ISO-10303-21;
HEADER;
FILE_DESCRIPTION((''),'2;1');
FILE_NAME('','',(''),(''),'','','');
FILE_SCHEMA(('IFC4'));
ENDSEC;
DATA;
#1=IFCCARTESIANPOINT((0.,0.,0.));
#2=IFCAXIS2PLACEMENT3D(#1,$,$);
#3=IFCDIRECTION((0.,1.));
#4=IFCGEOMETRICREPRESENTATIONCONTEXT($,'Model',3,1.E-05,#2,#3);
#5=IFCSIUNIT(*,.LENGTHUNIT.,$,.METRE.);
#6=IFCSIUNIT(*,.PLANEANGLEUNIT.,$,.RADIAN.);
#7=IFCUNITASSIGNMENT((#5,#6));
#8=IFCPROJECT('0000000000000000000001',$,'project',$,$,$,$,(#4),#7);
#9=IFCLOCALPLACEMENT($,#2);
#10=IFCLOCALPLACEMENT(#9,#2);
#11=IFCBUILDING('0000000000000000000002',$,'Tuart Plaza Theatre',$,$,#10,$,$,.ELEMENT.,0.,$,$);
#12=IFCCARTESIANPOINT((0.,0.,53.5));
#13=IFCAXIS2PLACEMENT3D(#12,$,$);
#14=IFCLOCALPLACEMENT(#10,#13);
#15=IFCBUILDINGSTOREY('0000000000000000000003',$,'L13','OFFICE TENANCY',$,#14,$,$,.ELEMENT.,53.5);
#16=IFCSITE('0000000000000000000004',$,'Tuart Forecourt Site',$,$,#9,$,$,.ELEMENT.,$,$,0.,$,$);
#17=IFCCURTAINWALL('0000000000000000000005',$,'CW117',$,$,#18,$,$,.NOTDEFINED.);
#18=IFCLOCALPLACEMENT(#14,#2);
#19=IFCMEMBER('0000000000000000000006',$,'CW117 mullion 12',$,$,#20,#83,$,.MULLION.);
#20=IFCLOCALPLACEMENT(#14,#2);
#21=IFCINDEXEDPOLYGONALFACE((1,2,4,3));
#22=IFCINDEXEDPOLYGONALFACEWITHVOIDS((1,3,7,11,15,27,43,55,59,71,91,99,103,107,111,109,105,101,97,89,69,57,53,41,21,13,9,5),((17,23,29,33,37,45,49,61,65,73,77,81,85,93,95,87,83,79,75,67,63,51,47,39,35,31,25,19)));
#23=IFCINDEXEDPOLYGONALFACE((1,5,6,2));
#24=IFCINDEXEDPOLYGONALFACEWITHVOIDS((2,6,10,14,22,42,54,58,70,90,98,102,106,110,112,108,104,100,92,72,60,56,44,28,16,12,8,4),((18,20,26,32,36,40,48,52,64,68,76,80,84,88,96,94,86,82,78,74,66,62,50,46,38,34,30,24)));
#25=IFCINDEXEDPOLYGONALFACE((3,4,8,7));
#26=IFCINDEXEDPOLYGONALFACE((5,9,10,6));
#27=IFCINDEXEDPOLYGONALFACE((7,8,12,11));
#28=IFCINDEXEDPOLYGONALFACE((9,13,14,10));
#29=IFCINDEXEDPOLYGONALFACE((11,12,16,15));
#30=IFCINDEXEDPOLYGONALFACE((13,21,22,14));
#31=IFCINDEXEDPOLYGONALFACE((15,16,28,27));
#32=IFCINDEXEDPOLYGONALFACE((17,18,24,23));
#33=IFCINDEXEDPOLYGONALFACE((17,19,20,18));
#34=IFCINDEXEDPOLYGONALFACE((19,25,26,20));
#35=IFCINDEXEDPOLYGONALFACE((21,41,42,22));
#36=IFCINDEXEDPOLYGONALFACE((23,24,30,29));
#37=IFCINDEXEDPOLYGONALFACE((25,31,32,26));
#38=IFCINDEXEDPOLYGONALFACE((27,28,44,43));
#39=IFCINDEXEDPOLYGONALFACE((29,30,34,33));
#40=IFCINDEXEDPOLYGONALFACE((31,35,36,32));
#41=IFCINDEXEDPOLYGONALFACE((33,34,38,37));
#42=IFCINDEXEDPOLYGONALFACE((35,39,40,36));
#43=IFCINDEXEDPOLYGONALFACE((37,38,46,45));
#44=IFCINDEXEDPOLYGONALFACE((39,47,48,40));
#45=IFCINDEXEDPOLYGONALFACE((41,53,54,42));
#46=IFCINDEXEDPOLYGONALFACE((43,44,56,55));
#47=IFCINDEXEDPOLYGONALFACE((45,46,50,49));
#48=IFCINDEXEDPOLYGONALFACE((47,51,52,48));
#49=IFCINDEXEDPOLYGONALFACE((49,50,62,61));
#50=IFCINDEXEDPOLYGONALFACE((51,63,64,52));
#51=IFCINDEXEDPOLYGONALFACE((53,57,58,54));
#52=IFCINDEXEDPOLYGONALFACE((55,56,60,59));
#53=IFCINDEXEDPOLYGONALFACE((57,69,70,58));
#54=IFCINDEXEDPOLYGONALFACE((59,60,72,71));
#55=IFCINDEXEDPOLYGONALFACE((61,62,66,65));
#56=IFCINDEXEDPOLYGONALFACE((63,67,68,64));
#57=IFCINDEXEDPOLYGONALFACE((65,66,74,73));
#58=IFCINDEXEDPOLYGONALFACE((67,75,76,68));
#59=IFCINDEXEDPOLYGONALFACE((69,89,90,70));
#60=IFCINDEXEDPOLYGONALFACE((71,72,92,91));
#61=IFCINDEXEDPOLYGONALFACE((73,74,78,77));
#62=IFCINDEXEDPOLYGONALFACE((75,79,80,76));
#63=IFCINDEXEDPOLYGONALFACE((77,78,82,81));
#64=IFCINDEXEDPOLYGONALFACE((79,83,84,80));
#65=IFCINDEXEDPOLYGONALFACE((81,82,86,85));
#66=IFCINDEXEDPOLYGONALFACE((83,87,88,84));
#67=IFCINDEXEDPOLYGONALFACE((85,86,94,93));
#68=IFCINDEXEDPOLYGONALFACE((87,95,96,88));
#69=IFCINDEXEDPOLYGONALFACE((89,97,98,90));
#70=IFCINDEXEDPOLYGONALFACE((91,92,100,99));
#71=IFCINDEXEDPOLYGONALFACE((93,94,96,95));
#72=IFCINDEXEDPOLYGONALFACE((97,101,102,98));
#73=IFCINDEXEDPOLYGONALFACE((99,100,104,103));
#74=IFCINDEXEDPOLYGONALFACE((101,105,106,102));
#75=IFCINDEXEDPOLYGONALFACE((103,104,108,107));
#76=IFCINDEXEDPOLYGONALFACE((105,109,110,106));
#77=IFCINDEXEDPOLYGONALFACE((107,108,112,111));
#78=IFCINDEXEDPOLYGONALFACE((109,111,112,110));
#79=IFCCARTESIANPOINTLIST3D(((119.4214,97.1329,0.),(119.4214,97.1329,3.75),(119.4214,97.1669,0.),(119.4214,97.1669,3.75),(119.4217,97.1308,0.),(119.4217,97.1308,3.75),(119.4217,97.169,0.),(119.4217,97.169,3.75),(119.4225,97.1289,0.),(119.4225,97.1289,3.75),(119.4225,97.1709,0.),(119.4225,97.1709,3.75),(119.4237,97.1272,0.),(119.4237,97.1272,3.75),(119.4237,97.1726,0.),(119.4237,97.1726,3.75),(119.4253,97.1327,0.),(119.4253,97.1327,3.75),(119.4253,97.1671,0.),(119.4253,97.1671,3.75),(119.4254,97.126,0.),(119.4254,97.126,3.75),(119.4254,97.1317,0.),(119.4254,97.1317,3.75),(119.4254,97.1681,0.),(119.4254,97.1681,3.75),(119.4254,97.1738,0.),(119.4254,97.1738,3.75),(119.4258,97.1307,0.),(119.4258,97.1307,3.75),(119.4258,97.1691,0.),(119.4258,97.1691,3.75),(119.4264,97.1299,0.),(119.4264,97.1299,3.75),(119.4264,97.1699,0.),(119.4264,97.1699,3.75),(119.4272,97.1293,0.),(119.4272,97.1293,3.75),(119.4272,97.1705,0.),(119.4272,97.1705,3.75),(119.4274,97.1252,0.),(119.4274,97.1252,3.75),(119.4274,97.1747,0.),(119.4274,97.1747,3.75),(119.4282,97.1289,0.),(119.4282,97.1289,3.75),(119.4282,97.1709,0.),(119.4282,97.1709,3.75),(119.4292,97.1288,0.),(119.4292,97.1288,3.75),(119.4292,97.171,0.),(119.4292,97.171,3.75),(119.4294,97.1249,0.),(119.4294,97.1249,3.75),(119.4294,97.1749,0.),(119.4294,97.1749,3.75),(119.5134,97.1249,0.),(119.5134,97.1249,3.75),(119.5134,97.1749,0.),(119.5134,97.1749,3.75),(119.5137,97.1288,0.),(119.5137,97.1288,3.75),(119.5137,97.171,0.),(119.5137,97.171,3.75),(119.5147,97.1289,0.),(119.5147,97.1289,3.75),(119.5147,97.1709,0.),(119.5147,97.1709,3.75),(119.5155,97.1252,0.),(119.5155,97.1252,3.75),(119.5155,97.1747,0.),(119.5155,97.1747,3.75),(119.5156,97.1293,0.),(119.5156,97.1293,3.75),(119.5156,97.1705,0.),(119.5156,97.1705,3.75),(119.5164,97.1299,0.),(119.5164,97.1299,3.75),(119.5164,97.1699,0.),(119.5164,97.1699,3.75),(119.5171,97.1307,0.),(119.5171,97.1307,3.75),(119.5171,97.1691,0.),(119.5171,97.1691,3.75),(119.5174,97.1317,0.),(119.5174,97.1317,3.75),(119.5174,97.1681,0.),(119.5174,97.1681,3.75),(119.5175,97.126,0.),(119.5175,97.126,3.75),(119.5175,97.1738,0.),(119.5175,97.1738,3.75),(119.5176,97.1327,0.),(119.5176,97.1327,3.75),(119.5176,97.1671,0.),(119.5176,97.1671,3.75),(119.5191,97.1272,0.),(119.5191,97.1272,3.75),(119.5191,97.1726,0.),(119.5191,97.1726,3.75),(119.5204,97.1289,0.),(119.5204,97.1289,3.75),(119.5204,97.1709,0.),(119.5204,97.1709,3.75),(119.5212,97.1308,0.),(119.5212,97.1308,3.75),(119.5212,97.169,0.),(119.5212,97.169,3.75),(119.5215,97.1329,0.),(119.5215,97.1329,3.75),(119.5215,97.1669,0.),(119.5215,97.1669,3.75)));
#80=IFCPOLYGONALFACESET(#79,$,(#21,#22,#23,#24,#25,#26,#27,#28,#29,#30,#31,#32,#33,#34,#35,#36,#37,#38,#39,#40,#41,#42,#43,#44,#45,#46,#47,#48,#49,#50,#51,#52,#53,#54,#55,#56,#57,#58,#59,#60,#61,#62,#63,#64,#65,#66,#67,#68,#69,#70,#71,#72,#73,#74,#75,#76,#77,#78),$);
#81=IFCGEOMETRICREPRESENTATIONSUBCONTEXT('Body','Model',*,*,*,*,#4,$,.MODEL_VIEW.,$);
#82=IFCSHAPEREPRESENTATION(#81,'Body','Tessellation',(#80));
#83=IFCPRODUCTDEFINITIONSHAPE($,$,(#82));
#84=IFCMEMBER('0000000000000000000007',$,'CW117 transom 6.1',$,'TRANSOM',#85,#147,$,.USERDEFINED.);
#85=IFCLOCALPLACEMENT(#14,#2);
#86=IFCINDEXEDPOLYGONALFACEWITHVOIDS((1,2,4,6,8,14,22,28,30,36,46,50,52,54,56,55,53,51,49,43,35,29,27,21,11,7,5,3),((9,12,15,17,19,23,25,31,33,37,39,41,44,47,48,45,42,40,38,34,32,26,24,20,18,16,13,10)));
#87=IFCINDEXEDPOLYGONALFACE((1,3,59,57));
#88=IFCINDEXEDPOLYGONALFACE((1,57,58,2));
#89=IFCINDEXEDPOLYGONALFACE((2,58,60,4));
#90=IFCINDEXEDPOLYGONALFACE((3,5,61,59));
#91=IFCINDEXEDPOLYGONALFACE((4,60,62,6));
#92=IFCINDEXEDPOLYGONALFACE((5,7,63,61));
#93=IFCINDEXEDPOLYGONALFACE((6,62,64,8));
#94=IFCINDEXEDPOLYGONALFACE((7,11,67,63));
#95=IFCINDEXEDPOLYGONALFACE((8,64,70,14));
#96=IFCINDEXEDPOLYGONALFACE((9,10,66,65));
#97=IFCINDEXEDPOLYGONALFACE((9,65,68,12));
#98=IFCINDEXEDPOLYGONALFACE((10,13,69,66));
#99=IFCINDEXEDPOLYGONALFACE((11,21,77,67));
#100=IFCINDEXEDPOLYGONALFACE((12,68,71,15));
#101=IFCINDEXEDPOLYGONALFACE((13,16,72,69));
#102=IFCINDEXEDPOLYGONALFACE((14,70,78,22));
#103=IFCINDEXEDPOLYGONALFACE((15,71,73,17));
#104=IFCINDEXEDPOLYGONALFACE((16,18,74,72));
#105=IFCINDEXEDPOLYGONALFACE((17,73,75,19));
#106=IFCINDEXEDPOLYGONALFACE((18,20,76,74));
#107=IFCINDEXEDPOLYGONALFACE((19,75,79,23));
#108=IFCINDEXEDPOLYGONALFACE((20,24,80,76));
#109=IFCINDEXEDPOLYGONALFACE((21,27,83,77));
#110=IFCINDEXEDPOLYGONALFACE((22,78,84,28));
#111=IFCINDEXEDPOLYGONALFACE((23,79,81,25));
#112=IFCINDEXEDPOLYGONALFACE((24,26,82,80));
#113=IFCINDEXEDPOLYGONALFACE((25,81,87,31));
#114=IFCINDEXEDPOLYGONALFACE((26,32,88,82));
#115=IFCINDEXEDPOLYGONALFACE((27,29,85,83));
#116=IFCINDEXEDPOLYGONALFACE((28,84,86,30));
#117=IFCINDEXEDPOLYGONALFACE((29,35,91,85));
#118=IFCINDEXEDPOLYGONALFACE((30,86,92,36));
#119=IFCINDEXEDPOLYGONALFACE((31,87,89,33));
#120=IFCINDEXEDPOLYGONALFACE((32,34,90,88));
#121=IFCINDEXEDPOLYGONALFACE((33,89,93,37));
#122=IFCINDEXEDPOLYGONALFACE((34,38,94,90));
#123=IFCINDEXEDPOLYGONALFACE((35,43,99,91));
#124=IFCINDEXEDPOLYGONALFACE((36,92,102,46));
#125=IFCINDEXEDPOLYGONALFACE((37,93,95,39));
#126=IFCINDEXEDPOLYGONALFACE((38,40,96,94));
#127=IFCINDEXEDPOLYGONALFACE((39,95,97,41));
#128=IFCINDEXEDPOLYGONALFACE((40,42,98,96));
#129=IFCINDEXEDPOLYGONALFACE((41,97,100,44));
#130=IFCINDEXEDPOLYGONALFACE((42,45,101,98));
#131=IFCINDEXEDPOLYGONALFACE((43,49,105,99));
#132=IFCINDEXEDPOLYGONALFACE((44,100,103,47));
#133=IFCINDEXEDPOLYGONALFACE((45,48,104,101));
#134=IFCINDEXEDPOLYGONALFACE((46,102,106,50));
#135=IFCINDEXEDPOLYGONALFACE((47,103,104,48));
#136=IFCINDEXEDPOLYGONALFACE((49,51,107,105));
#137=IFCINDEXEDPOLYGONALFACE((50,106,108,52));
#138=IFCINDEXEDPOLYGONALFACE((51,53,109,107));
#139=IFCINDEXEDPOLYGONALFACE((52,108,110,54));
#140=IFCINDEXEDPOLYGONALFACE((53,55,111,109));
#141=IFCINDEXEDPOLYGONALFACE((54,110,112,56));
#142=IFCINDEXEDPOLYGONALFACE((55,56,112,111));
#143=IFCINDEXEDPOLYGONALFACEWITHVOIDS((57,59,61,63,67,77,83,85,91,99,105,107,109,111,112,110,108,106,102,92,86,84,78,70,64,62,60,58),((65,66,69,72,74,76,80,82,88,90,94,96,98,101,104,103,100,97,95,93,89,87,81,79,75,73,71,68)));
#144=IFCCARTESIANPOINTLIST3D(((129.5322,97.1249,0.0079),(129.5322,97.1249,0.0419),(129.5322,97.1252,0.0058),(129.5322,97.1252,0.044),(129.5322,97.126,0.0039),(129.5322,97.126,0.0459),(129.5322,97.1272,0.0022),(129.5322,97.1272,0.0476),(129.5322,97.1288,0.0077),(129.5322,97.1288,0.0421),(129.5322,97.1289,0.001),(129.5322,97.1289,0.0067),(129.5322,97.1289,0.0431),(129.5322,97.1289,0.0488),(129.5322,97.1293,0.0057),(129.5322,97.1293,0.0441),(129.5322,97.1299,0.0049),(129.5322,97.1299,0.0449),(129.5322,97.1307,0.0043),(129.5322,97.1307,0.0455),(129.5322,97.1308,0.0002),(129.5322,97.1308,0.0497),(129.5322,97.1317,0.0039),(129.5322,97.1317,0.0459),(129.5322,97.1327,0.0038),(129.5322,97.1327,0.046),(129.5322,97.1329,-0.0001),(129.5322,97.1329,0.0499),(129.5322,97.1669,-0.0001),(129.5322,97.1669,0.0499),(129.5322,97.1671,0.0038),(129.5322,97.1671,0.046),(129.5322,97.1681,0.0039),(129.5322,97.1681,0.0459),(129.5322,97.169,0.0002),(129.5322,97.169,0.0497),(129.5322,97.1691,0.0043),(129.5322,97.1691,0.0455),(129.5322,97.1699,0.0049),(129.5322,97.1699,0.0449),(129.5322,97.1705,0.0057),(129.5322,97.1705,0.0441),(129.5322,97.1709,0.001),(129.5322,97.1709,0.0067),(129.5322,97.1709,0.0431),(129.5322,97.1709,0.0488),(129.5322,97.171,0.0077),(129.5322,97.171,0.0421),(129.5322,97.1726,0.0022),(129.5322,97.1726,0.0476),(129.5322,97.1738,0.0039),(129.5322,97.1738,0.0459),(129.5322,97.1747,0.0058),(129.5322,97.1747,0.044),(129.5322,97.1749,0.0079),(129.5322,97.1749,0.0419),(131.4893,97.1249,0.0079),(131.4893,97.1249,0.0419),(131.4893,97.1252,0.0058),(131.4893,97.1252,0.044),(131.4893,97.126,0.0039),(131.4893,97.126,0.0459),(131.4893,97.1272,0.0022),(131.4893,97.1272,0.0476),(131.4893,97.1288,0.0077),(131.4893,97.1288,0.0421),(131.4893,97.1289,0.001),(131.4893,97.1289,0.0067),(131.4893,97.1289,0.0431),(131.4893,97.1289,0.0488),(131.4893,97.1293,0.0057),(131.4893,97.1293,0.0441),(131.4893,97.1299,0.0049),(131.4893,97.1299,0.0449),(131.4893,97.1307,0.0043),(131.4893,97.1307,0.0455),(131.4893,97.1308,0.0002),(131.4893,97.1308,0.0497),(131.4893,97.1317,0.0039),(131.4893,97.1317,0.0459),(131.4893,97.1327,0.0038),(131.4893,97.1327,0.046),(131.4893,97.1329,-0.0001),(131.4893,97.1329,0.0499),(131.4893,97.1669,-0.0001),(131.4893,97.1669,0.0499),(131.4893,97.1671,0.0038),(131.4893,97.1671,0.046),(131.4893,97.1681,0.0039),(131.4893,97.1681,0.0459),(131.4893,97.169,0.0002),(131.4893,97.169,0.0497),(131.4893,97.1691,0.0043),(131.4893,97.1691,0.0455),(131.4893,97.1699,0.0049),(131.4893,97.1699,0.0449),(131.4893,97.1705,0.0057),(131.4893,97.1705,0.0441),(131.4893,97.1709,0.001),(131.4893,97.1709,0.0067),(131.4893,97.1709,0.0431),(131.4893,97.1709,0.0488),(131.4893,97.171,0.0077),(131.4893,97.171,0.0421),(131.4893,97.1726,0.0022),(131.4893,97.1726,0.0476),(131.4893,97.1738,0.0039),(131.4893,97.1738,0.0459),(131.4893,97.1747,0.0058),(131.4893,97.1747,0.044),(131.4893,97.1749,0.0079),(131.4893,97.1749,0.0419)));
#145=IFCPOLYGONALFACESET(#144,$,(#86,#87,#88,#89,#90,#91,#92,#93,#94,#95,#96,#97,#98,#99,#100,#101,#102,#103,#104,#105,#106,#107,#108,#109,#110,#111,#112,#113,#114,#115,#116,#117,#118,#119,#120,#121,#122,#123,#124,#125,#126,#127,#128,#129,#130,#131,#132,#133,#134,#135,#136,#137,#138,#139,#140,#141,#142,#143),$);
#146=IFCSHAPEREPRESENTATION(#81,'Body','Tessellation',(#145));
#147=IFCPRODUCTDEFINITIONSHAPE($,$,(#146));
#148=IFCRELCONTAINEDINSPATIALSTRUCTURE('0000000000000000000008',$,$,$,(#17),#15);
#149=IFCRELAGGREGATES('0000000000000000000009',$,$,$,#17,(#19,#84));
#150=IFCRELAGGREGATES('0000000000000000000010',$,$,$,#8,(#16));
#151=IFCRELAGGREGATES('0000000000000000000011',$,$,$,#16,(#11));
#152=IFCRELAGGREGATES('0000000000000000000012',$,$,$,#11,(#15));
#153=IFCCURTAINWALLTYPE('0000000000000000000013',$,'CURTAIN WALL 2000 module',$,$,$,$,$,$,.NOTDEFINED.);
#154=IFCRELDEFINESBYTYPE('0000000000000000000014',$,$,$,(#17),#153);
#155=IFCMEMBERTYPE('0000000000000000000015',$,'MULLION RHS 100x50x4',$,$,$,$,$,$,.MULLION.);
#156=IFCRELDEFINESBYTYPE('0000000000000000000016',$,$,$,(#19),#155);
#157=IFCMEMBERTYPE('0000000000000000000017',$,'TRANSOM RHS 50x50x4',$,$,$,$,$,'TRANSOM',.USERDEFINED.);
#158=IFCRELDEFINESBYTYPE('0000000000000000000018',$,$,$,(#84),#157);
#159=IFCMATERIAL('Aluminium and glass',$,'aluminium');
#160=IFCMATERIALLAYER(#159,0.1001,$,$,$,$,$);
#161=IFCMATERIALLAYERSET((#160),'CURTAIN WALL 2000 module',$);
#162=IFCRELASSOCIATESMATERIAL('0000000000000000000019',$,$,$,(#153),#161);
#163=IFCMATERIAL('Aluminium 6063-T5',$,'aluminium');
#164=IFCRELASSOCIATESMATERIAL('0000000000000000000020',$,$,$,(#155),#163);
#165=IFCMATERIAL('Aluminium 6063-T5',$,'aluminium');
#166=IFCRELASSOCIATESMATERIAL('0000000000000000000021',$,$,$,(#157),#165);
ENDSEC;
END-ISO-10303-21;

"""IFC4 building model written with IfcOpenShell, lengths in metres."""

from ifc_helpers import new_model, si_unit, direction, frame, origin, origin_2d, place, context, subcontext, project, spatial, hollow_rectangle, extrude, material, layer, layer_set, material_profile, profile_set, type_object, element, aggregate, save


model = new_model("IFC4")

# Units and contexts
model_context = context("Model", 3, precision=1e-05, world=origin(), true_north=direction((0.0, 1.0)))
body_context = subcontext(model_context, "Body", "Model", "MODEL_VIEW")
ifc_project = project(units=[si_unit("LENGTHUNIT", "METRE"), si_unit("PLANEANGLEUNIT", "RADIAN")], contexts=[model_context])

# Site, building, storey
site_placement = place(None, origin())
site = spatial("IfcSite", under=ifc_project, at=site_placement, Name="Tuart Forecourt Site", CompositionType="ELEMENT", RefElevation=0.0)
building_placement = place(site_placement, origin())
building = spatial("IfcBuilding", under=site, at=building_placement, Name="Tuart Plaza Theatre", CompositionType="ELEMENT", ElevationOfRefHeight=0.0)
storey_placement = place(building_placement, frame((0.0, 0.0, 53.5)))
storey = spatial("IfcBuildingStorey", under=building, at=storey_placement, Name="L13", Description="OFFICE TENANCY", CompositionType="ELEMENT", Elevation=53.5)

# Curtain wall, members
ifc_material_1 = material(Name="Aluminium and glass", Category="aluminium")
ifc_layer_1 = layer(ifc_material_1, 0.1001)
ifc_layer_set_1 = layer_set([ifc_layer_1], Name="CURTAIN WALL 2000 module")
curtain_wall_type = type_object("IfcCurtainWallType", Name="CURTAIN WALL 2000 module", PredefinedType="NOTDEFINED", material=ifc_layer_set_1)
curtain_wall_placement = place(storey_placement, origin())
curtain_wall = element("IfcCurtainWall", 1, at=curtain_wall_placement, inside=storey, type_object=curtain_wall_type, Name="CW117", PredefinedType="NOTDEFINED")
ifc_material_2 = material(Name="Aluminium 6063-T5", Category="aluminium")
ifc_material_profile_1 = material_profile(ifc_material_2, hollow_rectangle(XDim=0.05, YDim=0.1001, WallThickness=0.0039, InnerFilletRadius=0.0039, OuterFilletRadius=0.0081, at=origin_2d()), Name="RHS 100x50x4")
ifc_profile_set_1 = profile_set([ifc_material_profile_1], Name="Aluminium 6063-T5")
member_type_1 = type_object("IfcMemberType", Name="MULLION RHS 100x50x4", PredefinedType="MULLION", material=ifc_profile_set_1)
member_1_placement = place(storey_placement, frame((119.4714, 97.1499, 0.0), z_axis=(0.0, 0.0, 1.0), x_axis=(0.0, -1.0, 0.0)))
member_1 = element("IfcMember", 2, at=member_1_placement, type_object=member_type_1, Name="CW117 mullion 12", PredefinedType="MULLION", context=body_context, shape_type="SweptSolid", body=[
    extrude(hollow_rectangle(XDim=0.05, YDim=0.1001, WallThickness=0.0039, InnerFilletRadius=0.0039, OuterFilletRadius=0.0081, at=origin_2d()), origin(), (0.0, 0.0, 1.0), 3.75),
])
ifc_material_3 = material(Name="Aluminium 6063-T5", Category="aluminium")
ifc_material_profile_2 = material_profile(ifc_material_3, hollow_rectangle(XDim=0.05, YDim=0.05, WallThickness=0.0039, InnerFilletRadius=0.0039, OuterFilletRadius=0.0081, at=origin_2d()), Name="RHS 50x50x4")
ifc_profile_set_2 = profile_set([ifc_material_profile_2], Name="Aluminium 6063-T5")
member_type_2 = type_object("IfcMemberType", Name="TRANSOM RHS 50x50x4", ElementType="TRANSOM", PredefinedType="USERDEFINED", material=ifc_profile_set_2)
member_2_placement = place(storey_placement, frame((131.4893, 97.1499, 0.0249), z_axis=(-1.0, 0.0, 0.0), x_axis=(0.0, -1.0, 0.0)))
member_2 = element("IfcMember", 3, at=member_2_placement, type_object=member_type_2, Name="CW117 transom 6.1", ObjectType="TRANSOM", PredefinedType="USERDEFINED", context=body_context, shape_type="SweptSolid", body=[
    extrude(hollow_rectangle(XDim=0.05, YDim=0.05, WallThickness=0.0039, InnerFilletRadius=0.0039, OuterFilletRadius=0.0081, at=origin_2d()), origin(), (0.0, 0.0, 1.0), 1.957),
])
aggregate(curtain_wall, [member_1, member_2])

save(model, "model.ifc")
